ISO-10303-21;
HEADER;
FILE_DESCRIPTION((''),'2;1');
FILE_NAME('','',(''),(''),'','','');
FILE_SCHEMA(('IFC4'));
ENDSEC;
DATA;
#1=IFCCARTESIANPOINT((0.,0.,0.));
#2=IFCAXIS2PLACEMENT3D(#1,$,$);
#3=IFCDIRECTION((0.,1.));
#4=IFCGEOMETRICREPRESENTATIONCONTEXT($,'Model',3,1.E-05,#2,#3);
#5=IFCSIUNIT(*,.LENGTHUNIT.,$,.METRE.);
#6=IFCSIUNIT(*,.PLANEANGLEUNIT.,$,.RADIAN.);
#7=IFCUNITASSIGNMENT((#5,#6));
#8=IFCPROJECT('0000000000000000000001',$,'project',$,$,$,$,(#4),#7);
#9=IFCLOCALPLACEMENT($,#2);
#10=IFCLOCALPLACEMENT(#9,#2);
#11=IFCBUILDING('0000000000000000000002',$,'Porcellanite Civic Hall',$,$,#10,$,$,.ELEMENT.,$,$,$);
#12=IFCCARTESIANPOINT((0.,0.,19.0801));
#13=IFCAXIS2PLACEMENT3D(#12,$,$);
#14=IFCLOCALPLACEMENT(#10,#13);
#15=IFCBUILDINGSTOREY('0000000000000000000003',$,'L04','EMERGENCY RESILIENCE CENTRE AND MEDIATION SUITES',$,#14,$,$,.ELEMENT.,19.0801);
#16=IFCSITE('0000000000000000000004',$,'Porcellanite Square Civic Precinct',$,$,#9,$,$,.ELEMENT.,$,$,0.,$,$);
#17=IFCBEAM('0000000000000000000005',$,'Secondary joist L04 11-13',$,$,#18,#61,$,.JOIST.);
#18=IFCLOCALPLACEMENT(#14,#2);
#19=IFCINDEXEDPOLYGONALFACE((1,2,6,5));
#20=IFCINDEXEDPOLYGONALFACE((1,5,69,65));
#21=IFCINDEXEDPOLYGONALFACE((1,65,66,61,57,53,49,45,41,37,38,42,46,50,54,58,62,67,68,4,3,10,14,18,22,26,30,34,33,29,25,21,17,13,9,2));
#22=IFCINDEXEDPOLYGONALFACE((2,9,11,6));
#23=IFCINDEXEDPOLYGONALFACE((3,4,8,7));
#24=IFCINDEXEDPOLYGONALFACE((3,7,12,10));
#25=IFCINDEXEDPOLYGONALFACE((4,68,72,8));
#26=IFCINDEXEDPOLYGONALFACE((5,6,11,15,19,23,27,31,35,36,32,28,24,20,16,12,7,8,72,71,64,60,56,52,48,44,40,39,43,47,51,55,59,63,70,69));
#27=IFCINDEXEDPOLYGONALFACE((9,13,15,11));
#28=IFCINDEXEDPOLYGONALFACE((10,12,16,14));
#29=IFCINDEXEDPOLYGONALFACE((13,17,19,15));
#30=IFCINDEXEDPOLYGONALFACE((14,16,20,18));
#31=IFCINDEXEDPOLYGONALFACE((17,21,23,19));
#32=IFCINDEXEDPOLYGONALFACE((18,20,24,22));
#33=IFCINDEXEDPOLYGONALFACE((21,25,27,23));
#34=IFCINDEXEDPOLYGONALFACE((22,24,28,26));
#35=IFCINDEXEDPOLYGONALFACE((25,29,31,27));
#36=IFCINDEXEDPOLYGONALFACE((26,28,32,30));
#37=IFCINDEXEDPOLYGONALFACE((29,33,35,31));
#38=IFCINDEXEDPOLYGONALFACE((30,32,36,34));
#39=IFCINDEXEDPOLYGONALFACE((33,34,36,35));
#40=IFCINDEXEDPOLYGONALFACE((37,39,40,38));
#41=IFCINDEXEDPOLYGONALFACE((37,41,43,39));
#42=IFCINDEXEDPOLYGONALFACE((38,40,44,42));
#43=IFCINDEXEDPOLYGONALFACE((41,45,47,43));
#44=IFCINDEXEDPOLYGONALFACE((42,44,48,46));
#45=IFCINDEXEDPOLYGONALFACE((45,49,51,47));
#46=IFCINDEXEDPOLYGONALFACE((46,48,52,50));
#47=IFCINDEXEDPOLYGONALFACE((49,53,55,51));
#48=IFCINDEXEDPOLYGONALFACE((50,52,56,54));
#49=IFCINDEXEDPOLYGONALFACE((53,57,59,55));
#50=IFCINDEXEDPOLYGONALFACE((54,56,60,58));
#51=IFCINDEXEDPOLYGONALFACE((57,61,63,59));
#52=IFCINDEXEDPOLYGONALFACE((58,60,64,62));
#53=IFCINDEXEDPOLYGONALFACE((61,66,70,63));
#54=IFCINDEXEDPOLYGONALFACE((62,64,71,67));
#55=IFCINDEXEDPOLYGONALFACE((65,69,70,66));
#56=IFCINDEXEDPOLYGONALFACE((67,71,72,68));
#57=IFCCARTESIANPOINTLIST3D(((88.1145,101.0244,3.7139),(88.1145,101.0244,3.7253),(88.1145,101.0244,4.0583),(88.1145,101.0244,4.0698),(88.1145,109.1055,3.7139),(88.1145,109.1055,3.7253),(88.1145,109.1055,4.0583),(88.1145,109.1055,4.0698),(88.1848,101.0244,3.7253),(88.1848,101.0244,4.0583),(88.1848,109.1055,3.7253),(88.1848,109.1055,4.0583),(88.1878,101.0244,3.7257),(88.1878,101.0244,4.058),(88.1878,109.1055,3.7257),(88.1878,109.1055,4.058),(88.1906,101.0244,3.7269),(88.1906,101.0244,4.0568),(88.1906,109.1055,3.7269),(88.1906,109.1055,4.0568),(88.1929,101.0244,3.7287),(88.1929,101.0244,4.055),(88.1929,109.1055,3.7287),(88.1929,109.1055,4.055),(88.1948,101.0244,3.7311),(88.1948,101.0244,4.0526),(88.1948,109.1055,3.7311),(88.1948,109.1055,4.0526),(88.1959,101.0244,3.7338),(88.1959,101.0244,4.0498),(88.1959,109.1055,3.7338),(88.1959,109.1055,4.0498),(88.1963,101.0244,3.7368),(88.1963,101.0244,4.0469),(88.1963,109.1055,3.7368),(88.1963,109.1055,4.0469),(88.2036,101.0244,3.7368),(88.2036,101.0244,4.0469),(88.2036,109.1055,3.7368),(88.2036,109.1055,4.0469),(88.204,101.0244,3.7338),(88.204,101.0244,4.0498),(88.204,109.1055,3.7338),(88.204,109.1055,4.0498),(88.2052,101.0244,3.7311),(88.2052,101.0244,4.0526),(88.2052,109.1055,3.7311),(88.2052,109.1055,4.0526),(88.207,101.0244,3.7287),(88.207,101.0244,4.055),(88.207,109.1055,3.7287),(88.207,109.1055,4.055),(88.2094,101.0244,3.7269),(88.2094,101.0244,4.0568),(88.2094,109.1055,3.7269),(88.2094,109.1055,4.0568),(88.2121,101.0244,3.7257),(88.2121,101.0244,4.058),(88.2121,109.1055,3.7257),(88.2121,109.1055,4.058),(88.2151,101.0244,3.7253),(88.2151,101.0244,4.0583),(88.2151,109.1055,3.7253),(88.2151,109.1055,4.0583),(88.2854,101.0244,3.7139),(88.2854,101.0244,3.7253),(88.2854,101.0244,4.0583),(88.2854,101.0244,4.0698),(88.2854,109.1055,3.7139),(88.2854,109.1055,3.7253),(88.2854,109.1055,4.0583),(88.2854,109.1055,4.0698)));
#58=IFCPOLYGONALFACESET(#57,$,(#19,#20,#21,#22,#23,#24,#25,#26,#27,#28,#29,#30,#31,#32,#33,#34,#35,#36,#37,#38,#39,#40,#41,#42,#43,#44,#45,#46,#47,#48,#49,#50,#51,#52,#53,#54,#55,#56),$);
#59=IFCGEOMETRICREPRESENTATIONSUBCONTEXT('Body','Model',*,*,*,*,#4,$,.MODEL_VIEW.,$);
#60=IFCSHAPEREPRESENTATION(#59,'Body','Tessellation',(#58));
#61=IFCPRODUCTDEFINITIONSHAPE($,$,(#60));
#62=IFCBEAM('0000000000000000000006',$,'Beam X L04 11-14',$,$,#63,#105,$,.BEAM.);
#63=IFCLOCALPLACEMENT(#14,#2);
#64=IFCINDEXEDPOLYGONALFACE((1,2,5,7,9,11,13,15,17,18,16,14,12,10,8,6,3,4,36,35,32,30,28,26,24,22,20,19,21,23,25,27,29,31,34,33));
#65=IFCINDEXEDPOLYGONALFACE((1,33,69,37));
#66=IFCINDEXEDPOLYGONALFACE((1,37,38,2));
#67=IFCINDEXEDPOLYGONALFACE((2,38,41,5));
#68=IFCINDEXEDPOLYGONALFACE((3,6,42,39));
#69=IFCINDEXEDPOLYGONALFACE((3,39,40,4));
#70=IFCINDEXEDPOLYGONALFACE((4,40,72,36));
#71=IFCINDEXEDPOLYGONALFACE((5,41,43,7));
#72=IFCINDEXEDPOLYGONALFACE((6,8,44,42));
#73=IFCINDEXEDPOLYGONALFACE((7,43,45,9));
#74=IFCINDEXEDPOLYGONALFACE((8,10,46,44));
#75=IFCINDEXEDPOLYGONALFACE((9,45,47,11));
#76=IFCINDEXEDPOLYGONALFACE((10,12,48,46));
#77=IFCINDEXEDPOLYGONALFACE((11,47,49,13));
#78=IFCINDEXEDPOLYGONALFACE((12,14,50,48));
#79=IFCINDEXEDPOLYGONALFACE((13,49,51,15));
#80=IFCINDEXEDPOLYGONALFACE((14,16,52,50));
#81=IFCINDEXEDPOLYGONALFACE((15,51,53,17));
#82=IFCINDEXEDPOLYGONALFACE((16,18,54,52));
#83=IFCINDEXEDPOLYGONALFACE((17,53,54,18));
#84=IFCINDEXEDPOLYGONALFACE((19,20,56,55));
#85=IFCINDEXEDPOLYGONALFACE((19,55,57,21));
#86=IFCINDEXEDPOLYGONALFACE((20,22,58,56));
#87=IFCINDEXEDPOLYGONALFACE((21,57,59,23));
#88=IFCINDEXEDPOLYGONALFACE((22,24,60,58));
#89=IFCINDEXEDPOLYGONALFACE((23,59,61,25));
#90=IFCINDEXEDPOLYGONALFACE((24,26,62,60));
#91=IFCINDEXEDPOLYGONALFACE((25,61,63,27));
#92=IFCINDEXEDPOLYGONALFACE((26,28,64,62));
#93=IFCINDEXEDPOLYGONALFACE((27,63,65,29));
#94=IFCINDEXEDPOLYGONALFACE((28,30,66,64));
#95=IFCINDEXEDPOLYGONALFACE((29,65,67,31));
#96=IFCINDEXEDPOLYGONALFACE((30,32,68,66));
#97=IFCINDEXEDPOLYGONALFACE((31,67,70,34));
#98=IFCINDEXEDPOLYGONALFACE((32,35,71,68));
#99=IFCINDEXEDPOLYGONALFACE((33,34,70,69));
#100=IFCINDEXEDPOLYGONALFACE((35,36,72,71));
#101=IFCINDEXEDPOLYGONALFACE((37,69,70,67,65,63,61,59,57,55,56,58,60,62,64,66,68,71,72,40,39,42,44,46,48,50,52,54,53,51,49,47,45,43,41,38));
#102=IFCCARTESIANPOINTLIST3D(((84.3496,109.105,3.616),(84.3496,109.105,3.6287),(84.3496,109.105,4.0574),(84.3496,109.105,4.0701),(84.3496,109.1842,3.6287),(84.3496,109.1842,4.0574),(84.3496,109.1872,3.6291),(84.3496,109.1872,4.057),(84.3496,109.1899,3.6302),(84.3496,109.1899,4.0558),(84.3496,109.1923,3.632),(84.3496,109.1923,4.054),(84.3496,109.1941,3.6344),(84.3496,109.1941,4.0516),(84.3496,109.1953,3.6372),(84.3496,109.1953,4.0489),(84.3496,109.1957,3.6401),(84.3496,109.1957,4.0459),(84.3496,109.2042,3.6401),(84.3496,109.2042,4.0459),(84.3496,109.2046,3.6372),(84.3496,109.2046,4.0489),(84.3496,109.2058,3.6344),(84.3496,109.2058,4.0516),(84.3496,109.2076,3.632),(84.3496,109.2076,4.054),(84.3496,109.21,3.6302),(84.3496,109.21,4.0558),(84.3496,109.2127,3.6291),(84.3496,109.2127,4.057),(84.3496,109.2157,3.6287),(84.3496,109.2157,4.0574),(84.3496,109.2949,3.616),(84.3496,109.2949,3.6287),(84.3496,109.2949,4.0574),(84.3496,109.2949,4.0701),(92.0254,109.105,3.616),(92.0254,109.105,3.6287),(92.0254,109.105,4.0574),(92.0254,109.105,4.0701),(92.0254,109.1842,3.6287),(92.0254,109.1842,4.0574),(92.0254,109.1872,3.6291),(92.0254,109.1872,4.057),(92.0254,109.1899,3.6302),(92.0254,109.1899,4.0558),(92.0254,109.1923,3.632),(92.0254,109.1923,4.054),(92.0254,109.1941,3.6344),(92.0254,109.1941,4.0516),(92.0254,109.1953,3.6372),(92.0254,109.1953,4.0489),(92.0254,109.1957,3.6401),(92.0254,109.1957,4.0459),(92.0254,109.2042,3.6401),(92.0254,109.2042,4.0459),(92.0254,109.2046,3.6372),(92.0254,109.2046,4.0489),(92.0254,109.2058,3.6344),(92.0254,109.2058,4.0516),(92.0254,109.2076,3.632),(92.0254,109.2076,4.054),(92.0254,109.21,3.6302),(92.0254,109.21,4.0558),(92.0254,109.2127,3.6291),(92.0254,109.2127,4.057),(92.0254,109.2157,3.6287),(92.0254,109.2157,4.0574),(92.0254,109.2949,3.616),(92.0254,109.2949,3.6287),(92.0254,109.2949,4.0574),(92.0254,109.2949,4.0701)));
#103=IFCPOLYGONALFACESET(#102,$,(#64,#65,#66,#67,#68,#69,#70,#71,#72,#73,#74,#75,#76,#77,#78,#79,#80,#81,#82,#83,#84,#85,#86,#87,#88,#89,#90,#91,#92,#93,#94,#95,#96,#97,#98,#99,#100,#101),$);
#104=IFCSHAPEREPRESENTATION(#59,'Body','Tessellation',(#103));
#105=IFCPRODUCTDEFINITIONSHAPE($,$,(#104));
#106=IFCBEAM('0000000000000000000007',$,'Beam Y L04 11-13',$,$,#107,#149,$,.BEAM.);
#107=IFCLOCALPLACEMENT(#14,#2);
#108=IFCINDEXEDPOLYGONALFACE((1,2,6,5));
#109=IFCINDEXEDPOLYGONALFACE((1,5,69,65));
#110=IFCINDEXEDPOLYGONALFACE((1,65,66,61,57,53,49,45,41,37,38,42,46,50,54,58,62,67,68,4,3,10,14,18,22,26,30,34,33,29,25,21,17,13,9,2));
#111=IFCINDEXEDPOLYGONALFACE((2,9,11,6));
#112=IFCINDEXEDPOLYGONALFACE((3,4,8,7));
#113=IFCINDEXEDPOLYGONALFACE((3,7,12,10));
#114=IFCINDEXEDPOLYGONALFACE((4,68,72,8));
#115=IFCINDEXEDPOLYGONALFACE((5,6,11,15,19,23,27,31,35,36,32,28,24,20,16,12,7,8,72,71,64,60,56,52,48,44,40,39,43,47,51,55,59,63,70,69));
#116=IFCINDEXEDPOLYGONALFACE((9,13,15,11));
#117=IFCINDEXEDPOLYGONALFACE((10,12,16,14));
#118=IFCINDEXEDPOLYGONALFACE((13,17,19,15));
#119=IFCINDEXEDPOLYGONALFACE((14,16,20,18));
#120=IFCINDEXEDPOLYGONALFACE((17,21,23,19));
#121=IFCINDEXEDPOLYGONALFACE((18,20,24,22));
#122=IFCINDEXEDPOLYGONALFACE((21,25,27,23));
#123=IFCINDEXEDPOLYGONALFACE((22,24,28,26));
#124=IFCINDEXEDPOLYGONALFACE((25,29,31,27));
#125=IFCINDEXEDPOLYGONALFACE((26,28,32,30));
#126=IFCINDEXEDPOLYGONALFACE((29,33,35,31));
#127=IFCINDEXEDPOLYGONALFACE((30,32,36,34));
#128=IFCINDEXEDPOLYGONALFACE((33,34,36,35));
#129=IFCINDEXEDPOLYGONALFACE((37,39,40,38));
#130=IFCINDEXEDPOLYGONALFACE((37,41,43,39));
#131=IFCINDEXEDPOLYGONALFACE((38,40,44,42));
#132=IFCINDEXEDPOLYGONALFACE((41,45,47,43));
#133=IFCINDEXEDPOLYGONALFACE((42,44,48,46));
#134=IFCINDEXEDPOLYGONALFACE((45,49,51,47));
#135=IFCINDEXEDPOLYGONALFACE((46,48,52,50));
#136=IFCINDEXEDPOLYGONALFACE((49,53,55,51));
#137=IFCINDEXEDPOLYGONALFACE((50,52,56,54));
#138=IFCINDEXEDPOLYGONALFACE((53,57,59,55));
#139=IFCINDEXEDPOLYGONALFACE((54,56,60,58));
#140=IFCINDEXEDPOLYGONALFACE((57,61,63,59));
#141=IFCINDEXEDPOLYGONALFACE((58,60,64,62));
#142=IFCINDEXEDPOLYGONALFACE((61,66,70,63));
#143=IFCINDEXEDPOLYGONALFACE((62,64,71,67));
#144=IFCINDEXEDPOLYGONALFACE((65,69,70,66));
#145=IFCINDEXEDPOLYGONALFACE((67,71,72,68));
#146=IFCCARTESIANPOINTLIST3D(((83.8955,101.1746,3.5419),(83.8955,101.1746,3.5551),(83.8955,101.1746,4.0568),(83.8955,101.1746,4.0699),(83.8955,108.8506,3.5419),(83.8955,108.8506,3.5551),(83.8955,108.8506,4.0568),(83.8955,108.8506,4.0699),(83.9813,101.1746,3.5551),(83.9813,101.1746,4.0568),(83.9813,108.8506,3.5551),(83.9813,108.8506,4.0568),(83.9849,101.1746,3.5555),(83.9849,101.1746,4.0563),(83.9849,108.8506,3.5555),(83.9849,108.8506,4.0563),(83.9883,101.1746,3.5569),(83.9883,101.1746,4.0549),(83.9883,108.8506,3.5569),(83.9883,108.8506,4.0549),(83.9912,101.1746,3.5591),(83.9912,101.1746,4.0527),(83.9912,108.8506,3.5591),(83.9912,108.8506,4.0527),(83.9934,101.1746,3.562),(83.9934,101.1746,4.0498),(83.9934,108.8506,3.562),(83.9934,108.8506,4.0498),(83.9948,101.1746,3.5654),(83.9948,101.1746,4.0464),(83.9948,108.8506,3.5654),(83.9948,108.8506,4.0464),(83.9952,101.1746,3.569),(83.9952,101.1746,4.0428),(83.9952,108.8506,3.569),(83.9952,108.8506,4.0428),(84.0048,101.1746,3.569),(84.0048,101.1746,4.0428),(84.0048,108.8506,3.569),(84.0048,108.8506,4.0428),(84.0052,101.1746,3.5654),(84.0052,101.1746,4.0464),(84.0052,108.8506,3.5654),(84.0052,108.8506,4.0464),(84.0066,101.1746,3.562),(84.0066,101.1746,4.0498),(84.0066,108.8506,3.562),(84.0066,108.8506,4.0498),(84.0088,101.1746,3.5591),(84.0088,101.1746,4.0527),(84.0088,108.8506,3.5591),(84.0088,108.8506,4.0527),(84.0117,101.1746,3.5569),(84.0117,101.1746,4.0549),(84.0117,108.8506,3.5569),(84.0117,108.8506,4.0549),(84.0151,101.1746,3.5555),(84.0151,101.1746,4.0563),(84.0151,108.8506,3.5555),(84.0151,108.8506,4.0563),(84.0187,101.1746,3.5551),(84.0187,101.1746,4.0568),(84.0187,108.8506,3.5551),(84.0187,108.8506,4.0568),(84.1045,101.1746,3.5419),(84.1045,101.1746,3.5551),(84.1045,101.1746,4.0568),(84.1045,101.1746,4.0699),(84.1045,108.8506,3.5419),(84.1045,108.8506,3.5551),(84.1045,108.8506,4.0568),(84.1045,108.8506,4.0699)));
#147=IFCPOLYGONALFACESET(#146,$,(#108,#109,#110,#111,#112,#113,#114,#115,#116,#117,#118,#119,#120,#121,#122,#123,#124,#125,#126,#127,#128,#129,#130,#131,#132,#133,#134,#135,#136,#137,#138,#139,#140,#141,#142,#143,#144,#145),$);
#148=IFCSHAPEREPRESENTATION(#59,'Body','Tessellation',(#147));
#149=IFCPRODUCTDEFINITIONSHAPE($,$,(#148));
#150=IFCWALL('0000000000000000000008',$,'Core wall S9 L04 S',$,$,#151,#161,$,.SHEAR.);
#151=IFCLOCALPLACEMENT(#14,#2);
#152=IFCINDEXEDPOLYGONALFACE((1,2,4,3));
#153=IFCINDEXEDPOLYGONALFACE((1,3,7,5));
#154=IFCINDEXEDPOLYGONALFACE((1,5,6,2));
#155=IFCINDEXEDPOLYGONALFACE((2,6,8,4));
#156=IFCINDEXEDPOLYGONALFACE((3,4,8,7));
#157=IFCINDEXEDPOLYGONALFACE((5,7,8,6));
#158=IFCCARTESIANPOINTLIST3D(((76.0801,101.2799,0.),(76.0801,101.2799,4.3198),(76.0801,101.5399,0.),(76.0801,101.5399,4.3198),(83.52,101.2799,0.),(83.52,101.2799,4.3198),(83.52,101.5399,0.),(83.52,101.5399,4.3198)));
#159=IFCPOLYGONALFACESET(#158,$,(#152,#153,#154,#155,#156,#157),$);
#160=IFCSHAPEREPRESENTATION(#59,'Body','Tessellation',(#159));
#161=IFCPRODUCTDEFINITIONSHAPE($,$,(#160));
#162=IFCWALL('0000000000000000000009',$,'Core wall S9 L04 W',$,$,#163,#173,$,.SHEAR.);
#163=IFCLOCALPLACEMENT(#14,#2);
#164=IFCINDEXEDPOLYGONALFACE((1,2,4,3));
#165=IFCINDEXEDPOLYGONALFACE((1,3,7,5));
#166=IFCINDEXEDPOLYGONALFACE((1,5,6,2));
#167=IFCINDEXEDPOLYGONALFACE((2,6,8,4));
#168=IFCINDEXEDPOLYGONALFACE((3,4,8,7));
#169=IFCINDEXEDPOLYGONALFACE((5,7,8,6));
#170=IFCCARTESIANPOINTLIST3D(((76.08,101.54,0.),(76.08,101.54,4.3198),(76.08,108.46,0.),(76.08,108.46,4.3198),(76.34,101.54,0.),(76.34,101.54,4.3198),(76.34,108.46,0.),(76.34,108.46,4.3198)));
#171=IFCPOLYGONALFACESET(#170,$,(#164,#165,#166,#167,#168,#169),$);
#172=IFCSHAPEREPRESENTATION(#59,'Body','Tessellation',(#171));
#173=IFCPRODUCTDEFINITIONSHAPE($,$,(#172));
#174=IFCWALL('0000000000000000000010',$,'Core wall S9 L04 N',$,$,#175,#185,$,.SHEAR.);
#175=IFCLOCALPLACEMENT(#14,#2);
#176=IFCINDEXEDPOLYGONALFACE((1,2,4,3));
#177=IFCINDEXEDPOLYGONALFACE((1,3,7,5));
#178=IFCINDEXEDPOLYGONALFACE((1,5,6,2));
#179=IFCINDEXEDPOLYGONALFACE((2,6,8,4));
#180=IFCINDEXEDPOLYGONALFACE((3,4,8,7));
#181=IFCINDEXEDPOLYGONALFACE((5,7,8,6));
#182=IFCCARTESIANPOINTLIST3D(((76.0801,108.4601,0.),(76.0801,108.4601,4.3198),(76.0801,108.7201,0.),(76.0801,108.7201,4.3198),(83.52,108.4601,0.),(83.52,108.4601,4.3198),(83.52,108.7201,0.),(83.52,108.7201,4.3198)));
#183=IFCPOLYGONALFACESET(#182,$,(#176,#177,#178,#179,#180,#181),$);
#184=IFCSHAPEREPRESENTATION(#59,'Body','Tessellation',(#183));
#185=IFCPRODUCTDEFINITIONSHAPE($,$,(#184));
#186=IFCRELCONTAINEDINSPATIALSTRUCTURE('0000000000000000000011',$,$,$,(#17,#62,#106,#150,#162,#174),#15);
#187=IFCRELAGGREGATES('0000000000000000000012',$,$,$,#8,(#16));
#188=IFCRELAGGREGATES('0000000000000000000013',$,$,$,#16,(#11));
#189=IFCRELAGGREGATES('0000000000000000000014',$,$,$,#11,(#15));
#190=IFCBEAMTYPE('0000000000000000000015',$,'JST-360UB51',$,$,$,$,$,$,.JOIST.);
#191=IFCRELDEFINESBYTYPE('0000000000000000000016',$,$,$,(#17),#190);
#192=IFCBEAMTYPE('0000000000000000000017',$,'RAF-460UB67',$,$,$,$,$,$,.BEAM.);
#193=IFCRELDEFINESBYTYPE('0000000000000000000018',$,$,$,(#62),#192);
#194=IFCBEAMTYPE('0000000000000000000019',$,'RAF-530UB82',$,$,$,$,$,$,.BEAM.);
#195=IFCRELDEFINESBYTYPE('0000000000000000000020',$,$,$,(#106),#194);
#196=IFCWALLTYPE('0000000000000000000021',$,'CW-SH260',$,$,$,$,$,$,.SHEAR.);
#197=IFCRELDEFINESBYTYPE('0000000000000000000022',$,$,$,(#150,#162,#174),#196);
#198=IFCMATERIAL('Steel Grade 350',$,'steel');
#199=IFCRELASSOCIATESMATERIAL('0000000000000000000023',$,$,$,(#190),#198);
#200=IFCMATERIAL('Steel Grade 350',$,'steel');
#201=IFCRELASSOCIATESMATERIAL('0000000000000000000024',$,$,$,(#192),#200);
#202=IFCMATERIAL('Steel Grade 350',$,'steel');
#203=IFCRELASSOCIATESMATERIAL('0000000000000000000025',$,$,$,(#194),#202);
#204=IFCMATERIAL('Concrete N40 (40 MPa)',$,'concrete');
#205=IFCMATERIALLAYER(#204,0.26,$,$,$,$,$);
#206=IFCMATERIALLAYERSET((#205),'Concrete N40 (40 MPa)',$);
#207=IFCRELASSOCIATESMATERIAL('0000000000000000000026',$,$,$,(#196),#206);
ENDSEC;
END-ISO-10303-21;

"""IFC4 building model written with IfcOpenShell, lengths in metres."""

from ifc_helpers import new_model, si_unit, direction, frame, frame_2d, origin, origin_2d, place, context, subcontext, project, spatial, rectangle, i_section, extrude, material, layer, layer_set, material_profile, profile_set, type_object, element, save


model = new_model("IFC4")

# Units and contexts
model_context = context("Model", 3, precision=1e-05, world=origin(), true_north=direction((0.0, 1.0)))
body_context = subcontext(model_context, "Body", "Model", "MODEL_VIEW")
ifc_project = project(units=[si_unit("LENGTHUNIT", "METRE"), si_unit("PLANEANGLEUNIT", "RADIAN")], contexts=[model_context])

# Site, building, storey
site_placement = place(None, origin())
site = spatial("IfcSite", under=ifc_project, at=site_placement, Name="Porcellanite Square Civic Precinct", CompositionType="ELEMENT", RefElevation=0.0)
building_placement = place(site_placement, origin())
building = spatial("IfcBuilding", under=site, at=building_placement, Name="Porcellanite Civic Hall", CompositionType="ELEMENT")
storey_placement = place(building_placement, frame((0.0, 0.0, 19.0801)))
storey = spatial("IfcBuildingStorey", under=building, at=storey_placement, Name="L04", Description="EMERGENCY RESILIENCE CENTRE AND MEDIATION SUITES", CompositionType="ELEMENT", Elevation=19.0801)

# Beams
ifc_material_1 = material(Name="Steel Grade 350", Category="steel")
ifc_material_profile_1 = material_profile(ifc_material_1, i_section(OverallWidth=0.1709, OverallDepth=0.356, WebThickness=0.0073, FlangeThickness=0.0115, FilletRadius=0.0115, at=origin_2d()), Name="360UB50.7")
ifc_profile_set_1 = profile_set([ifc_material_profile_1], Name="Steel Grade 350")
beam_type_1 = type_object("IfcBeamType", Name="JST-360UB51", PredefinedType="JOIST", material=ifc_profile_set_1)
for number, where, z_axis, x_axis, name in (
    (1, (88.2, 101.0244, 3.8918), (0.0, 1.0, 0.0), (-1.0, 0.0, 0.0), "Secondary joist L04 11-13"),
):
    element("IfcBeam", number, at=place(storey_placement, frame(where, z_axis=z_axis, x_axis=x_axis)), inside=storey, type_object=beam_type_1, Name=name, PredefinedType="JOIST", context=body_context, shape_type="SweptSolid", body=[
        extrude(i_section(OverallWidth=0.1709, OverallDepth=0.356, WebThickness=0.0073, FlangeThickness=0.0115, FilletRadius=0.0115, at=origin_2d()), origin(), (0.0, 0.0, 1.0), 8.0811),
    ])
ifc_material_2 = material(Name="Steel Grade 350", Category="steel")
ifc_material_profile_2 = material_profile(ifc_material_2, i_section(OverallWidth=0.1899, OverallDepth=0.4541, WebThickness=0.0085, FlangeThickness=0.0127, FilletRadius=0.0115, at=origin_2d()), Name="460UB67.1")
ifc_profile_set_2 = profile_set([ifc_material_profile_2], Name="Steel Grade 350")
beam_type_2 = type_object("IfcBeamType", Name="RAF-460UB67", PredefinedType="BEAM", material=ifc_profile_set_2)
beam_1_placement = place(storey_placement, frame((84.3496, 109.2, 3.843), z_axis=(1.0, 0.0, 0.0), x_axis=(0.0, 1.0, 0.0)))
element("IfcBeam", 2, at=beam_1_placement, inside=storey, type_object=beam_type_2, Name="Beam X L04 11-14", PredefinedType="BEAM", context=body_context, shape_type="SweptSolid", body=[
    extrude(i_section(OverallWidth=0.1899, OverallDepth=0.4541, WebThickness=0.0085, FlangeThickness=0.0127, FilletRadius=0.0115, at=origin_2d()), origin(), (0.0, 0.0, 1.0), 7.6758),
])
ifc_material_3 = material(Name="Steel Grade 350", Category="steel")
ifc_material_profile_3 = material_profile(ifc_material_3, i_section(OverallWidth=0.209, OverallDepth=0.5281, WebThickness=0.0095, FlangeThickness=0.0132, FilletRadius=0.0139, at=origin_2d()), Name="530UB82.0")
ifc_profile_set_3 = profile_set([ifc_material_profile_3], Name="Steel Grade 350")
beam_type_3 = type_object("IfcBeamType", Name="RAF-530UB82", PredefinedType="BEAM", material=ifc_profile_set_3)
beam_2_placement = place(storey_placement, frame((84.0, 101.1746, 3.8059), z_axis=(0.0, 1.0, 0.0), x_axis=(-1.0, 0.0, 0.0)))
element("IfcBeam", 3, at=beam_2_placement, inside=storey, type_object=beam_type_3, Name="Beam Y L04 11-13", PredefinedType="BEAM", context=body_context, shape_type="SweptSolid", body=[
    extrude(i_section(OverallWidth=0.209, OverallDepth=0.5281, WebThickness=0.0095, FlangeThickness=0.0132, FilletRadius=0.0139, at=origin_2d()), origin(), (0.0, 0.0, 1.0), 7.676),
])

# Walls
ifc_material_4 = material(Name="Concrete N40 (40 MPa)", Category="concrete")
ifc_layer_1 = layer(ifc_material_4, 0.26)
ifc_layer_set_1 = layer_set([ifc_layer_1], Name="Concrete N40 (40 MPa)")
wall_type_1 = type_object("IfcWallType", Name="CW-SH260", PredefinedType="SHEAR", material=ifc_layer_set_1)
wall_1_placement = place(storey_placement, frame((83.52, 101.4099, 0.0), z_axis=(0.0, 0.0, 1.0), x_axis=(-1.0, 0.0, 0.0)))
element("IfcWall", 4, at=wall_1_placement, inside=storey, type_object=wall_type_1, Name="Core wall S9 L04 S", PredefinedType="SHEAR", context=body_context, shape_type="SweptSolid", body=[
    extrude(rectangle(XDim=7.4399, YDim=0.26, at=frame_2d((3.72, 0.0))), origin(), (0.0, 0.0, 1.0), 4.3198),
])
wall_2_placement = place(storey_placement, frame((76.21, 101.54, 0.0), z_axis=(0.0, 0.0, 1.0), x_axis=(0.0, 1.0, 0.0)))
element("IfcWall", 5, at=wall_2_placement, inside=storey, type_object=wall_type_1, Name="Core wall S9 L04 W", PredefinedType="SHEAR", context=body_context, shape_type="SweptSolid", body=[
    extrude(rectangle(XDim=6.9199, YDim=0.26, at=frame_2d((3.46, 0.0))), origin(), (0.0, 0.0, 1.0), 4.3198),
])
wall_3_placement = place(storey_placement, frame((76.0801, 108.5901, 0.0), z_axis=(0.0, 0.0, 1.0), x_axis=(1.0, 0.0, 0.0)))
element("IfcWall", 6, at=wall_3_placement, inside=storey, type_object=wall_type_1, Name="Core wall S9 L04 N", PredefinedType="SHEAR", context=body_context, shape_type="SweptSolid", body=[
    extrude(rectangle(XDim=7.4399, YDim=0.26, at=frame_2d((3.72, 0.0))), origin(), (0.0, 0.0, 1.0), 4.3198),
])

save(model, "model.ifc")
